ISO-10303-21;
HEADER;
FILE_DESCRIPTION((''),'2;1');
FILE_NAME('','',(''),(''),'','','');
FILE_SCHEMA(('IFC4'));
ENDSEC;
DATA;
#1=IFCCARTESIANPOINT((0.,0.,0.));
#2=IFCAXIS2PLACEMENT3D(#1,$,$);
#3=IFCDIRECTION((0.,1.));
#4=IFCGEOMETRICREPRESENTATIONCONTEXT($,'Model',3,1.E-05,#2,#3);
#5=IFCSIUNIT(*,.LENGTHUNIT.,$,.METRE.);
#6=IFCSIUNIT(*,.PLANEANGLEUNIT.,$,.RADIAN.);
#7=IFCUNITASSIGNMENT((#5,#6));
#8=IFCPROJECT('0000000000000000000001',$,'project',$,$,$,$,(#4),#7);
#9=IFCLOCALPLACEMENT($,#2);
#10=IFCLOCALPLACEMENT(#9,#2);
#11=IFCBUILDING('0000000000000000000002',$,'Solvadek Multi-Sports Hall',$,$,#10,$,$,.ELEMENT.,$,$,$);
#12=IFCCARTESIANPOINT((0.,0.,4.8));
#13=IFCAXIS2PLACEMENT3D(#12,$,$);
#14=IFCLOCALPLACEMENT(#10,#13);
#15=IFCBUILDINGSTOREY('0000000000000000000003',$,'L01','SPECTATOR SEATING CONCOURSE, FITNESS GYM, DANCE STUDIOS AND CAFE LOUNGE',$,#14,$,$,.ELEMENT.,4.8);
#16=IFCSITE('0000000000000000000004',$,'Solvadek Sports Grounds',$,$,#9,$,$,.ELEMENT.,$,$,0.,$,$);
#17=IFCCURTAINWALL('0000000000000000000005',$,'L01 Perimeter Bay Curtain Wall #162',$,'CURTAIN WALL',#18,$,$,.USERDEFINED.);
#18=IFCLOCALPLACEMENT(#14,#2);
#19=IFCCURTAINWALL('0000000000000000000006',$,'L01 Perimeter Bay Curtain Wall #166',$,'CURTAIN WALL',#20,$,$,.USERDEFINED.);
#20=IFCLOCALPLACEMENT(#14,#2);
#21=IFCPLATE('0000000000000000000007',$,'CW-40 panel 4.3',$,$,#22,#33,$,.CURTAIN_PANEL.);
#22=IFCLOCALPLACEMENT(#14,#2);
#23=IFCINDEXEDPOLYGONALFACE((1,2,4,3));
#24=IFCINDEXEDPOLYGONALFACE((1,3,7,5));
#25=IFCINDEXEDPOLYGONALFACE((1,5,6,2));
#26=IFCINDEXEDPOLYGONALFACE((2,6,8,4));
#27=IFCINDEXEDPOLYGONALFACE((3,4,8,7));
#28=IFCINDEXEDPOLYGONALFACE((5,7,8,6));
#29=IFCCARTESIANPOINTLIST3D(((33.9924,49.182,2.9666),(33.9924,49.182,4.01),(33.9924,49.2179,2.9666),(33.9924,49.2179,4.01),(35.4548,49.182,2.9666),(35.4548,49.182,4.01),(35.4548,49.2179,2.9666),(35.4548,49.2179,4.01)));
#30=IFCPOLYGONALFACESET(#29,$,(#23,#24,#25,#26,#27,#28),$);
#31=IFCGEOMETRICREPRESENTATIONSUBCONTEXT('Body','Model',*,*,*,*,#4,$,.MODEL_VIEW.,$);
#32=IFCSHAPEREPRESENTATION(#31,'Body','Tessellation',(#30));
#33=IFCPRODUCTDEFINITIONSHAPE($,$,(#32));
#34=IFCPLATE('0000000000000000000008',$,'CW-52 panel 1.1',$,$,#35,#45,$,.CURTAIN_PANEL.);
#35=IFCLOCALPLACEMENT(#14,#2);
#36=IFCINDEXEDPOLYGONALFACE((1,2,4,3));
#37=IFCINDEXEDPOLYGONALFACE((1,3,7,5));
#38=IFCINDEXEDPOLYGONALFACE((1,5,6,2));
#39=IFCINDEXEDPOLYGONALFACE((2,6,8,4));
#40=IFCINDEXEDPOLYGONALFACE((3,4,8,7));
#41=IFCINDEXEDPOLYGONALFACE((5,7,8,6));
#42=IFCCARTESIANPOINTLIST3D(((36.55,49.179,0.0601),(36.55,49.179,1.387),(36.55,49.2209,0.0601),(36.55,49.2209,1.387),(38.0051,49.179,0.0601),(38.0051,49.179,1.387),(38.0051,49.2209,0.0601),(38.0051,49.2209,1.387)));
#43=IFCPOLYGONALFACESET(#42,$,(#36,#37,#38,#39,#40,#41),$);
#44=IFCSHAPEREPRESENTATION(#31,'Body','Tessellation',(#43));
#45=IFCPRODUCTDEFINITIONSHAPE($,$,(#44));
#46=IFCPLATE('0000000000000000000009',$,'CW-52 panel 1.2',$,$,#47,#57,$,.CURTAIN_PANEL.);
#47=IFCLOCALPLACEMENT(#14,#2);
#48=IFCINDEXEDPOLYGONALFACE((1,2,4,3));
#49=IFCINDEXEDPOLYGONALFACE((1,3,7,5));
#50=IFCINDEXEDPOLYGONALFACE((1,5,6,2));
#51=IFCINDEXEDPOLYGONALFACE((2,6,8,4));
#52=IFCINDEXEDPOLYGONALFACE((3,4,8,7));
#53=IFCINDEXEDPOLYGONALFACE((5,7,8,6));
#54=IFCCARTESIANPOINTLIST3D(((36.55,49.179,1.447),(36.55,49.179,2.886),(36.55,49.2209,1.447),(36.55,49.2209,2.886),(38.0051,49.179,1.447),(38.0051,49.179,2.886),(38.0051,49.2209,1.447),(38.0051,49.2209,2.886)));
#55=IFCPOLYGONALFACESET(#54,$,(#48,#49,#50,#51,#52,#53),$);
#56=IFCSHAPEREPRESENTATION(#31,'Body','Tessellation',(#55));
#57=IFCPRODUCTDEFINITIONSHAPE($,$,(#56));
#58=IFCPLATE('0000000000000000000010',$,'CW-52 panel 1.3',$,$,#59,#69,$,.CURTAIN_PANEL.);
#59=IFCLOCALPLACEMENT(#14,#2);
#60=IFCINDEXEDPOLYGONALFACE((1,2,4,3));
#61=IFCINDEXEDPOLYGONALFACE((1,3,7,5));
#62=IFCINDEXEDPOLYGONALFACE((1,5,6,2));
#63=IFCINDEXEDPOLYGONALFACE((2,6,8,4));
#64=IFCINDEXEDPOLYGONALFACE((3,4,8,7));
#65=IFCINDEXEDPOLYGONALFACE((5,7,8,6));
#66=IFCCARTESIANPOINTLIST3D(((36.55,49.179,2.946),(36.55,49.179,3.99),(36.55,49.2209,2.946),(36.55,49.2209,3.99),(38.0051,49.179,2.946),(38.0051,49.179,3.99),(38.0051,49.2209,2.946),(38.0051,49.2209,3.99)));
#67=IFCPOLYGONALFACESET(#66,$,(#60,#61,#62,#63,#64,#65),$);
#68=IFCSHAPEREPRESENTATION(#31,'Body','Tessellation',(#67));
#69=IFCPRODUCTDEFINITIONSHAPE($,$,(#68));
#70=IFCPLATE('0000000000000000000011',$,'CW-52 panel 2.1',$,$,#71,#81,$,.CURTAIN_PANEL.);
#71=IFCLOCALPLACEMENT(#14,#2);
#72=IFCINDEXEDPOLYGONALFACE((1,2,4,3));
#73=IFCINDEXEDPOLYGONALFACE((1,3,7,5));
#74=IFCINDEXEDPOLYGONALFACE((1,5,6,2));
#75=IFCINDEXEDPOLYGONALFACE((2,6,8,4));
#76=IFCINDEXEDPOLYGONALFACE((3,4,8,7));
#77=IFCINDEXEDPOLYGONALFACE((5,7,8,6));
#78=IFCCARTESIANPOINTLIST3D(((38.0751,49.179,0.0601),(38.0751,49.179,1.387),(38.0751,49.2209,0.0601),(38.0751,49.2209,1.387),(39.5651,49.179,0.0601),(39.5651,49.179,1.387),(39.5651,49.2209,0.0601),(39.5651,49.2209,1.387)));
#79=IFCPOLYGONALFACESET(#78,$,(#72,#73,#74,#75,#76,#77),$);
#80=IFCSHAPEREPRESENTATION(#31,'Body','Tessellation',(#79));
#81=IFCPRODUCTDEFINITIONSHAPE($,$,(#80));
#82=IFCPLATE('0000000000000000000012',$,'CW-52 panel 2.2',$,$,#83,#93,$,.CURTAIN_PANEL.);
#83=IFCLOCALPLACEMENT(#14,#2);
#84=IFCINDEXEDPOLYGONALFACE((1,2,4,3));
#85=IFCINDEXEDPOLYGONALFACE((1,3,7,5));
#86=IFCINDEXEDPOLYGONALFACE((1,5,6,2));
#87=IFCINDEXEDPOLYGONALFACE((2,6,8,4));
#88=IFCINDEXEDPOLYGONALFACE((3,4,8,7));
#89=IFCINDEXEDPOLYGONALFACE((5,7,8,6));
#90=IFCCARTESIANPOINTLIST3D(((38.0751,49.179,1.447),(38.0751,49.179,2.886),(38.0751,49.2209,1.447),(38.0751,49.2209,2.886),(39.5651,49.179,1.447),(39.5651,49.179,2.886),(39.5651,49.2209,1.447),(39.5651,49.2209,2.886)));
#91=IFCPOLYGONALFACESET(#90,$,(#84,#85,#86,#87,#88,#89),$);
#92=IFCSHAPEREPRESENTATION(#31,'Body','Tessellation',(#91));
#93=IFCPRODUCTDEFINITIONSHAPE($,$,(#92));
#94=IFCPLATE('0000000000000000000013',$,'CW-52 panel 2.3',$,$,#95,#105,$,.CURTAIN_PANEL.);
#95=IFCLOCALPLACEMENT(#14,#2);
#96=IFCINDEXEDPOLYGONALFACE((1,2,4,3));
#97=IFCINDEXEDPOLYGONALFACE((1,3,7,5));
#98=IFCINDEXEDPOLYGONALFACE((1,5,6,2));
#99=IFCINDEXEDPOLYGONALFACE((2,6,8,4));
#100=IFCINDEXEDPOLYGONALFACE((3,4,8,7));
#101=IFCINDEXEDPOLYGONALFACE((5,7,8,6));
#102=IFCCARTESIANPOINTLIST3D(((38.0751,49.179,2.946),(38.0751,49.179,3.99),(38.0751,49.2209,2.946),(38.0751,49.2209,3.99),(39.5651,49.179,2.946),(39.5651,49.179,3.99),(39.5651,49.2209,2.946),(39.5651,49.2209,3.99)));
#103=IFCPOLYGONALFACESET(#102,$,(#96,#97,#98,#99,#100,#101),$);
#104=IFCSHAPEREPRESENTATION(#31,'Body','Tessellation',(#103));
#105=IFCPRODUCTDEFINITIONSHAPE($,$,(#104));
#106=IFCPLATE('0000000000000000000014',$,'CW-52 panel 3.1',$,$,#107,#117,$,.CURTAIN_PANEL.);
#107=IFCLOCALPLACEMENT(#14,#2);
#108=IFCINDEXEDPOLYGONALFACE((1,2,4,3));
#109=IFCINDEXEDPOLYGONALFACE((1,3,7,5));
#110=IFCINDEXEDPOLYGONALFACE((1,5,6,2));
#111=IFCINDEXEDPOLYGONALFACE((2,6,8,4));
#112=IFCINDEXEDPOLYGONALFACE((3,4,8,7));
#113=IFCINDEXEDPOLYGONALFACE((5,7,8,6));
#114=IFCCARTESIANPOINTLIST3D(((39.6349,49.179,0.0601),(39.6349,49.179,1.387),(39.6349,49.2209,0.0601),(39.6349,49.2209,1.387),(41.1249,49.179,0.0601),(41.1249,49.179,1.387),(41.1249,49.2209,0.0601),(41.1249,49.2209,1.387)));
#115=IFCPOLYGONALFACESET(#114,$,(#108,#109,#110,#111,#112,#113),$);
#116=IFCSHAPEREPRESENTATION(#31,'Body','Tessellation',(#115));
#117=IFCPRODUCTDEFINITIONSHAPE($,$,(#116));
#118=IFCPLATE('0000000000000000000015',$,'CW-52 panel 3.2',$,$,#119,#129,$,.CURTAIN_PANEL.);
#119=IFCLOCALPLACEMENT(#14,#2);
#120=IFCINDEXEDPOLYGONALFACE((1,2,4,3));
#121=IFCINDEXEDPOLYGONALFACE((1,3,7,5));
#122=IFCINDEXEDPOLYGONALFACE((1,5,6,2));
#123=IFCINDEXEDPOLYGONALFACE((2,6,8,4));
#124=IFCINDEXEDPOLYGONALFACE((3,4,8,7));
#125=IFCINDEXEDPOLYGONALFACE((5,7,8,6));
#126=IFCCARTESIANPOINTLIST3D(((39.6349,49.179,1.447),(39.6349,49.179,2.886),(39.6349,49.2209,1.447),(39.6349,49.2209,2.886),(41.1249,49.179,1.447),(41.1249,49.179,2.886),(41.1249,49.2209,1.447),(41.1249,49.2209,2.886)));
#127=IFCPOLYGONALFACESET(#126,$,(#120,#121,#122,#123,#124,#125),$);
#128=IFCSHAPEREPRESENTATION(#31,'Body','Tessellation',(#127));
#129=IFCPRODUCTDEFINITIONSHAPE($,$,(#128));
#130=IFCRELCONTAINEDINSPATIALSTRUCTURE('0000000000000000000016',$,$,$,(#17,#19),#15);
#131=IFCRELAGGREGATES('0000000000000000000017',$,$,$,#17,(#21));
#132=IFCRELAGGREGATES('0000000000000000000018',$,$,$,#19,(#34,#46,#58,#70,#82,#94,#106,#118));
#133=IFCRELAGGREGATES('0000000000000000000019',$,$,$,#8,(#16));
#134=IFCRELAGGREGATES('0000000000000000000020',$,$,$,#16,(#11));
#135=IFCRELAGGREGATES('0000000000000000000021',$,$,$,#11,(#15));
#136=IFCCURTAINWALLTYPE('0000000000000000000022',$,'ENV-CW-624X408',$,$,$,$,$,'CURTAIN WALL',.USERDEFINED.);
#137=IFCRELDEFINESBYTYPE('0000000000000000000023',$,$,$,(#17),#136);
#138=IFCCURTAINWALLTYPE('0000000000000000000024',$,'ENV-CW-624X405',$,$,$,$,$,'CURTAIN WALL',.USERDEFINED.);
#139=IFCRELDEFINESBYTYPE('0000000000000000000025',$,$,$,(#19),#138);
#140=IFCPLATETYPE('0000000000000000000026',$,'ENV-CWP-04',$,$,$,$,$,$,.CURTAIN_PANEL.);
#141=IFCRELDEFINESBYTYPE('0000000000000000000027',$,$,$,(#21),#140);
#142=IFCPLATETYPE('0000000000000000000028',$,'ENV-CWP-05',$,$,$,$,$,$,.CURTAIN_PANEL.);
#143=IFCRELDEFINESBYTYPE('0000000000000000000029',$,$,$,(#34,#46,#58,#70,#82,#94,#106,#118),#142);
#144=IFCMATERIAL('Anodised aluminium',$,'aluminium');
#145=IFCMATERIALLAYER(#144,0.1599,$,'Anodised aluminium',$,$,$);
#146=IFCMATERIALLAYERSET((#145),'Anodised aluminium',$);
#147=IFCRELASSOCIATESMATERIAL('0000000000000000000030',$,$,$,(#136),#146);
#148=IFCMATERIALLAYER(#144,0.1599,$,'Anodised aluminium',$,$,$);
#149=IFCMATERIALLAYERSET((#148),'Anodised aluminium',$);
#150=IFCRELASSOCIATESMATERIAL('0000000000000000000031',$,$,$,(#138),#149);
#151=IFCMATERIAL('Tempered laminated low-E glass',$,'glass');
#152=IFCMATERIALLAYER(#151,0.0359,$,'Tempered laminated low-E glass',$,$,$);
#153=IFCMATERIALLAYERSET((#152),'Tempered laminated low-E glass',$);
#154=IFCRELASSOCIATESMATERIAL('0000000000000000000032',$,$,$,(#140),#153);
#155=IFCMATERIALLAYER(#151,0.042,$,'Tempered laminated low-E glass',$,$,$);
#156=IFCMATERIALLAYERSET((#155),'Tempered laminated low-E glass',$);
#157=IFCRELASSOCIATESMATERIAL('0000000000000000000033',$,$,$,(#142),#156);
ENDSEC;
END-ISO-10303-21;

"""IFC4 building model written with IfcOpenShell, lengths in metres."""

from ifc_helpers import new_model, si_unit, direction, frame, origin, origin_2d, place, context, subcontext, project, spatial, rectangle, extrude, material, layer, layer_set, type_object, element, aggregate, save


model = new_model("IFC4")

# Units and contexts
model_context = context("Model", 3, precision=1e-05, world=origin(), true_north=direction((0.0, 1.0)))
body_context = subcontext(model_context, "Body", "Model", "MODEL_VIEW")
ifc_project = project(units=[si_unit("LENGTHUNIT", "METRE"), si_unit("PLANEANGLEUNIT", "RADIAN")], contexts=[model_context])

# Site, building, storey
site_placement = place(None, origin())
site = spatial("IfcSite", under=ifc_project, at=site_placement, Name="Solvadek Sports Grounds", CompositionType="ELEMENT", RefElevation=0.0)
building_placement = place(site_placement, origin())
building = spatial("IfcBuilding", under=site, at=building_placement, Name="Solvadek Multi-Sports Hall", CompositionType="ELEMENT")
storey_placement = place(building_placement, frame((0.0, 0.0, 4.8)))
storey = spatial("IfcBuildingStorey", under=building, at=storey_placement, Name="L01", Description="SPECTATOR SEATING CONCOURSE, FITNESS GYM, DANCE STUDIOS AND CAFE LOUNGE", CompositionType="ELEMENT", Elevation=4.8)

# Curtain wall
ifc_material_1 = material(Name="Anodised aluminium", Category="aluminium")
ifc_layer_1 = layer(ifc_material_1, 0.1599, Name="Anodised aluminium")
ifc_layer_set_1 = layer_set([ifc_layer_1], Name="Anodised aluminium")
curtain_wall_type_1 = type_object("IfcCurtainWallType", Name="ENV-CW-624X408", ElementType="CURTAIN WALL", PredefinedType="USERDEFINED", material=ifc_layer_set_1)
curtain_wall_1_placement = place(storey_placement, origin())
curtain_wall_1 = element("IfcCurtainWall", 1, at=curtain_wall_1_placement, inside=storey, type_object=curtain_wall_type_1, Name="L01 Perimeter Bay Curtain Wall #162", ObjectType="CURTAIN WALL", PredefinedType="USERDEFINED")

# Curtain wall
ifc_layer_2 = layer(ifc_material_1, 0.1599, Name="Anodised aluminium")
ifc_layer_set_2 = layer_set([ifc_layer_2], Name="Anodised aluminium")
curtain_wall_type_2 = type_object("IfcCurtainWallType", Name="ENV-CW-624X405", ElementType="CURTAIN WALL", PredefinedType="USERDEFINED", material=ifc_layer_set_2)
curtain_wall_2_placement = place(storey_placement, origin())
curtain_wall_2 = element("IfcCurtainWall", 2, at=curtain_wall_2_placement, inside=storey, type_object=curtain_wall_type_2, Name="L01 Perimeter Bay Curtain Wall #166", ObjectType="CURTAIN WALL", PredefinedType="USERDEFINED")

# Plates
ifc_material_2 = material(Name="Tempered laminated low-E glass", Category="glass")
ifc_layer_3 = layer(ifc_material_2, 0.0359, Name="Tempered laminated low-E glass")
ifc_layer_set_3 = layer_set([ifc_layer_3], Name="Tempered laminated low-E glass")
plate_type_1 = type_object("IfcPlateType", Name="ENV-CWP-04", PredefinedType="CURTAIN_PANEL", material=ifc_layer_set_3)
plate_1_placement = place(storey_placement, frame((34.7236, 49.2, 2.9666), z_axis=(0.0, 0.0, 1.0), x_axis=(1.0, 0.0, 0.0)))
plate_1 = element("IfcPlate", 3, at=plate_1_placement, type_object=plate_type_1, Name="CW-40 panel 4.3", PredefinedType="CURTAIN_PANEL", context=body_context, shape_type="SweptSolid", body=[
    extrude(rectangle(XDim=1.4624, YDim=0.0359, at=origin_2d()), origin(), (0.0, 0.0, 1.0), 1.0435),
])
aggregate(curtain_wall_1, [plate_1])
ifc_layer_4 = layer(ifc_material_2, 0.042, Name="Tempered laminated low-E glass")
ifc_layer_set_4 = layer_set([ifc_layer_4], Name="Tempered laminated low-E glass")
plate_type_2 = type_object("IfcPlateType", Name="ENV-CWP-05", PredefinedType="CURTAIN_PANEL", material=ifc_layer_set_4)
plate_2_placement = place(storey_placement, frame((37.2776, 49.2, 0.0601), z_axis=(0.0, 0.0, 1.0), x_axis=(1.0, 0.0, 0.0)))
plate_2 = element("IfcPlate", 4, at=plate_2_placement, type_object=plate_type_2, Name="CW-52 panel 1.1", PredefinedType="CURTAIN_PANEL", context=body_context, shape_type="SweptSolid", body=[
    extrude(rectangle(XDim=1.4551, YDim=0.042, at=origin_2d()), origin(), (0.0, 0.0, 1.0), 1.3269),
])
plate_3_placement = place(storey_placement, frame((37.2776, 49.2, 1.447), z_axis=(0.0, 0.0, 1.0), x_axis=(1.0, 0.0, 0.0)))
plate_3 = element("IfcPlate", 5, at=plate_3_placement, type_object=plate_type_2, Name="CW-52 panel 1.2", PredefinedType="CURTAIN_PANEL", context=body_context, shape_type="SweptSolid", body=[
    extrude(rectangle(XDim=1.4551, YDim=0.042, at=origin_2d()), origin(), (0.0, 0.0, 1.0), 1.439),
])
plate_4_placement = place(storey_placement, frame((37.2776, 49.2, 2.946), z_axis=(0.0, 0.0, 1.0), x_axis=(1.0, 0.0, 0.0)))
plate_4 = element("IfcPlate", 6, at=plate_4_placement, type_object=plate_type_2, Name="CW-52 panel 1.3", PredefinedType="CURTAIN_PANEL", context=body_context, shape_type="SweptSolid", body=[
    extrude(rectangle(XDim=1.4551, YDim=0.042, at=origin_2d()), origin(), (0.0, 0.0, 1.0), 1.0439),
])
plate_5_placement = place(storey_placement, frame((38.8201, 49.2, 0.0601), z_axis=(0.0, 0.0, 1.0), x_axis=(1.0, 0.0, 0.0)))
plate_5 = element("IfcPlate", 7, at=plate_5_placement, type_object=plate_type_2, Name="CW-52 panel 2.1", PredefinedType="CURTAIN_PANEL", context=body_context, shape_type="SweptSolid", body=[
    extrude(rectangle(XDim=1.49, YDim=0.042, at=origin_2d()), origin(), (0.0, 0.0, 1.0), 1.3269),
])
plate_6_placement = place(storey_placement, frame((38.8201, 49.2, 1.447), z_axis=(0.0, 0.0, 1.0), x_axis=(1.0, 0.0, 0.0)))
plate_6 = element("IfcPlate", 8, at=plate_6_placement, type_object=plate_type_2, Name="CW-52 panel 2.2", PredefinedType="CURTAIN_PANEL", context=body_context, shape_type="SweptSolid", body=[
    extrude(rectangle(XDim=1.49, YDim=0.042, at=origin_2d()), origin(), (0.0, 0.0, 1.0), 1.439),
])
plate_7_placement = place(storey_placement, frame((38.8201, 49.2, 2.946), z_axis=(0.0, 0.0, 1.0), x_axis=(1.0, 0.0, 0.0)))
plate_7 = element("IfcPlate", 9, at=plate_7_placement, type_object=plate_type_2, Name="CW-52 panel 2.3", PredefinedType="CURTAIN_PANEL", context=body_context, shape_type="SweptSolid", body=[
    extrude(rectangle(XDim=1.49, YDim=0.042, at=origin_2d()), origin(), (0.0, 0.0, 1.0), 1.0439),
])
plate_8_placement = place(storey_placement, frame((40.3799, 49.2, 0.0601), z_axis=(0.0, 0.0, 1.0), x_axis=(1.0, 0.0, 0.0)))
plate_8 = element("IfcPlate", 10, at=plate_8_placement, type_object=plate_type_2, Name="CW-52 panel 3.1", PredefinedType="CURTAIN_PANEL", context=body_context, shape_type="SweptSolid", body=[
    extrude(rectangle(XDim=1.49, YDim=0.042, at=origin_2d()), origin(), (0.0, 0.0, 1.0), 1.3269),
])
plate_9_placement = place(storey_placement, frame((40.3799, 49.2, 1.447), z_axis=(0.0, 0.0, 1.0), x_axis=(1.0, 0.0, 0.0)))
plate_9 = element("IfcPlate", 11, at=plate_9_placement, type_object=plate_type_2, Name="CW-52 panel 3.2", PredefinedType="CURTAIN_PANEL", context=body_context, shape_type="SweptSolid", body=[
    extrude(rectangle(XDim=1.49, YDim=0.042, at=origin_2d()), origin(), (0.0, 0.0, 1.0), 1.439),
])
aggregate(curtain_wall_2, [plate_2, plate_3, plate_4, plate_5, plate_6, plate_7, plate_8, plate_9])

save(model, "model.ifc")
